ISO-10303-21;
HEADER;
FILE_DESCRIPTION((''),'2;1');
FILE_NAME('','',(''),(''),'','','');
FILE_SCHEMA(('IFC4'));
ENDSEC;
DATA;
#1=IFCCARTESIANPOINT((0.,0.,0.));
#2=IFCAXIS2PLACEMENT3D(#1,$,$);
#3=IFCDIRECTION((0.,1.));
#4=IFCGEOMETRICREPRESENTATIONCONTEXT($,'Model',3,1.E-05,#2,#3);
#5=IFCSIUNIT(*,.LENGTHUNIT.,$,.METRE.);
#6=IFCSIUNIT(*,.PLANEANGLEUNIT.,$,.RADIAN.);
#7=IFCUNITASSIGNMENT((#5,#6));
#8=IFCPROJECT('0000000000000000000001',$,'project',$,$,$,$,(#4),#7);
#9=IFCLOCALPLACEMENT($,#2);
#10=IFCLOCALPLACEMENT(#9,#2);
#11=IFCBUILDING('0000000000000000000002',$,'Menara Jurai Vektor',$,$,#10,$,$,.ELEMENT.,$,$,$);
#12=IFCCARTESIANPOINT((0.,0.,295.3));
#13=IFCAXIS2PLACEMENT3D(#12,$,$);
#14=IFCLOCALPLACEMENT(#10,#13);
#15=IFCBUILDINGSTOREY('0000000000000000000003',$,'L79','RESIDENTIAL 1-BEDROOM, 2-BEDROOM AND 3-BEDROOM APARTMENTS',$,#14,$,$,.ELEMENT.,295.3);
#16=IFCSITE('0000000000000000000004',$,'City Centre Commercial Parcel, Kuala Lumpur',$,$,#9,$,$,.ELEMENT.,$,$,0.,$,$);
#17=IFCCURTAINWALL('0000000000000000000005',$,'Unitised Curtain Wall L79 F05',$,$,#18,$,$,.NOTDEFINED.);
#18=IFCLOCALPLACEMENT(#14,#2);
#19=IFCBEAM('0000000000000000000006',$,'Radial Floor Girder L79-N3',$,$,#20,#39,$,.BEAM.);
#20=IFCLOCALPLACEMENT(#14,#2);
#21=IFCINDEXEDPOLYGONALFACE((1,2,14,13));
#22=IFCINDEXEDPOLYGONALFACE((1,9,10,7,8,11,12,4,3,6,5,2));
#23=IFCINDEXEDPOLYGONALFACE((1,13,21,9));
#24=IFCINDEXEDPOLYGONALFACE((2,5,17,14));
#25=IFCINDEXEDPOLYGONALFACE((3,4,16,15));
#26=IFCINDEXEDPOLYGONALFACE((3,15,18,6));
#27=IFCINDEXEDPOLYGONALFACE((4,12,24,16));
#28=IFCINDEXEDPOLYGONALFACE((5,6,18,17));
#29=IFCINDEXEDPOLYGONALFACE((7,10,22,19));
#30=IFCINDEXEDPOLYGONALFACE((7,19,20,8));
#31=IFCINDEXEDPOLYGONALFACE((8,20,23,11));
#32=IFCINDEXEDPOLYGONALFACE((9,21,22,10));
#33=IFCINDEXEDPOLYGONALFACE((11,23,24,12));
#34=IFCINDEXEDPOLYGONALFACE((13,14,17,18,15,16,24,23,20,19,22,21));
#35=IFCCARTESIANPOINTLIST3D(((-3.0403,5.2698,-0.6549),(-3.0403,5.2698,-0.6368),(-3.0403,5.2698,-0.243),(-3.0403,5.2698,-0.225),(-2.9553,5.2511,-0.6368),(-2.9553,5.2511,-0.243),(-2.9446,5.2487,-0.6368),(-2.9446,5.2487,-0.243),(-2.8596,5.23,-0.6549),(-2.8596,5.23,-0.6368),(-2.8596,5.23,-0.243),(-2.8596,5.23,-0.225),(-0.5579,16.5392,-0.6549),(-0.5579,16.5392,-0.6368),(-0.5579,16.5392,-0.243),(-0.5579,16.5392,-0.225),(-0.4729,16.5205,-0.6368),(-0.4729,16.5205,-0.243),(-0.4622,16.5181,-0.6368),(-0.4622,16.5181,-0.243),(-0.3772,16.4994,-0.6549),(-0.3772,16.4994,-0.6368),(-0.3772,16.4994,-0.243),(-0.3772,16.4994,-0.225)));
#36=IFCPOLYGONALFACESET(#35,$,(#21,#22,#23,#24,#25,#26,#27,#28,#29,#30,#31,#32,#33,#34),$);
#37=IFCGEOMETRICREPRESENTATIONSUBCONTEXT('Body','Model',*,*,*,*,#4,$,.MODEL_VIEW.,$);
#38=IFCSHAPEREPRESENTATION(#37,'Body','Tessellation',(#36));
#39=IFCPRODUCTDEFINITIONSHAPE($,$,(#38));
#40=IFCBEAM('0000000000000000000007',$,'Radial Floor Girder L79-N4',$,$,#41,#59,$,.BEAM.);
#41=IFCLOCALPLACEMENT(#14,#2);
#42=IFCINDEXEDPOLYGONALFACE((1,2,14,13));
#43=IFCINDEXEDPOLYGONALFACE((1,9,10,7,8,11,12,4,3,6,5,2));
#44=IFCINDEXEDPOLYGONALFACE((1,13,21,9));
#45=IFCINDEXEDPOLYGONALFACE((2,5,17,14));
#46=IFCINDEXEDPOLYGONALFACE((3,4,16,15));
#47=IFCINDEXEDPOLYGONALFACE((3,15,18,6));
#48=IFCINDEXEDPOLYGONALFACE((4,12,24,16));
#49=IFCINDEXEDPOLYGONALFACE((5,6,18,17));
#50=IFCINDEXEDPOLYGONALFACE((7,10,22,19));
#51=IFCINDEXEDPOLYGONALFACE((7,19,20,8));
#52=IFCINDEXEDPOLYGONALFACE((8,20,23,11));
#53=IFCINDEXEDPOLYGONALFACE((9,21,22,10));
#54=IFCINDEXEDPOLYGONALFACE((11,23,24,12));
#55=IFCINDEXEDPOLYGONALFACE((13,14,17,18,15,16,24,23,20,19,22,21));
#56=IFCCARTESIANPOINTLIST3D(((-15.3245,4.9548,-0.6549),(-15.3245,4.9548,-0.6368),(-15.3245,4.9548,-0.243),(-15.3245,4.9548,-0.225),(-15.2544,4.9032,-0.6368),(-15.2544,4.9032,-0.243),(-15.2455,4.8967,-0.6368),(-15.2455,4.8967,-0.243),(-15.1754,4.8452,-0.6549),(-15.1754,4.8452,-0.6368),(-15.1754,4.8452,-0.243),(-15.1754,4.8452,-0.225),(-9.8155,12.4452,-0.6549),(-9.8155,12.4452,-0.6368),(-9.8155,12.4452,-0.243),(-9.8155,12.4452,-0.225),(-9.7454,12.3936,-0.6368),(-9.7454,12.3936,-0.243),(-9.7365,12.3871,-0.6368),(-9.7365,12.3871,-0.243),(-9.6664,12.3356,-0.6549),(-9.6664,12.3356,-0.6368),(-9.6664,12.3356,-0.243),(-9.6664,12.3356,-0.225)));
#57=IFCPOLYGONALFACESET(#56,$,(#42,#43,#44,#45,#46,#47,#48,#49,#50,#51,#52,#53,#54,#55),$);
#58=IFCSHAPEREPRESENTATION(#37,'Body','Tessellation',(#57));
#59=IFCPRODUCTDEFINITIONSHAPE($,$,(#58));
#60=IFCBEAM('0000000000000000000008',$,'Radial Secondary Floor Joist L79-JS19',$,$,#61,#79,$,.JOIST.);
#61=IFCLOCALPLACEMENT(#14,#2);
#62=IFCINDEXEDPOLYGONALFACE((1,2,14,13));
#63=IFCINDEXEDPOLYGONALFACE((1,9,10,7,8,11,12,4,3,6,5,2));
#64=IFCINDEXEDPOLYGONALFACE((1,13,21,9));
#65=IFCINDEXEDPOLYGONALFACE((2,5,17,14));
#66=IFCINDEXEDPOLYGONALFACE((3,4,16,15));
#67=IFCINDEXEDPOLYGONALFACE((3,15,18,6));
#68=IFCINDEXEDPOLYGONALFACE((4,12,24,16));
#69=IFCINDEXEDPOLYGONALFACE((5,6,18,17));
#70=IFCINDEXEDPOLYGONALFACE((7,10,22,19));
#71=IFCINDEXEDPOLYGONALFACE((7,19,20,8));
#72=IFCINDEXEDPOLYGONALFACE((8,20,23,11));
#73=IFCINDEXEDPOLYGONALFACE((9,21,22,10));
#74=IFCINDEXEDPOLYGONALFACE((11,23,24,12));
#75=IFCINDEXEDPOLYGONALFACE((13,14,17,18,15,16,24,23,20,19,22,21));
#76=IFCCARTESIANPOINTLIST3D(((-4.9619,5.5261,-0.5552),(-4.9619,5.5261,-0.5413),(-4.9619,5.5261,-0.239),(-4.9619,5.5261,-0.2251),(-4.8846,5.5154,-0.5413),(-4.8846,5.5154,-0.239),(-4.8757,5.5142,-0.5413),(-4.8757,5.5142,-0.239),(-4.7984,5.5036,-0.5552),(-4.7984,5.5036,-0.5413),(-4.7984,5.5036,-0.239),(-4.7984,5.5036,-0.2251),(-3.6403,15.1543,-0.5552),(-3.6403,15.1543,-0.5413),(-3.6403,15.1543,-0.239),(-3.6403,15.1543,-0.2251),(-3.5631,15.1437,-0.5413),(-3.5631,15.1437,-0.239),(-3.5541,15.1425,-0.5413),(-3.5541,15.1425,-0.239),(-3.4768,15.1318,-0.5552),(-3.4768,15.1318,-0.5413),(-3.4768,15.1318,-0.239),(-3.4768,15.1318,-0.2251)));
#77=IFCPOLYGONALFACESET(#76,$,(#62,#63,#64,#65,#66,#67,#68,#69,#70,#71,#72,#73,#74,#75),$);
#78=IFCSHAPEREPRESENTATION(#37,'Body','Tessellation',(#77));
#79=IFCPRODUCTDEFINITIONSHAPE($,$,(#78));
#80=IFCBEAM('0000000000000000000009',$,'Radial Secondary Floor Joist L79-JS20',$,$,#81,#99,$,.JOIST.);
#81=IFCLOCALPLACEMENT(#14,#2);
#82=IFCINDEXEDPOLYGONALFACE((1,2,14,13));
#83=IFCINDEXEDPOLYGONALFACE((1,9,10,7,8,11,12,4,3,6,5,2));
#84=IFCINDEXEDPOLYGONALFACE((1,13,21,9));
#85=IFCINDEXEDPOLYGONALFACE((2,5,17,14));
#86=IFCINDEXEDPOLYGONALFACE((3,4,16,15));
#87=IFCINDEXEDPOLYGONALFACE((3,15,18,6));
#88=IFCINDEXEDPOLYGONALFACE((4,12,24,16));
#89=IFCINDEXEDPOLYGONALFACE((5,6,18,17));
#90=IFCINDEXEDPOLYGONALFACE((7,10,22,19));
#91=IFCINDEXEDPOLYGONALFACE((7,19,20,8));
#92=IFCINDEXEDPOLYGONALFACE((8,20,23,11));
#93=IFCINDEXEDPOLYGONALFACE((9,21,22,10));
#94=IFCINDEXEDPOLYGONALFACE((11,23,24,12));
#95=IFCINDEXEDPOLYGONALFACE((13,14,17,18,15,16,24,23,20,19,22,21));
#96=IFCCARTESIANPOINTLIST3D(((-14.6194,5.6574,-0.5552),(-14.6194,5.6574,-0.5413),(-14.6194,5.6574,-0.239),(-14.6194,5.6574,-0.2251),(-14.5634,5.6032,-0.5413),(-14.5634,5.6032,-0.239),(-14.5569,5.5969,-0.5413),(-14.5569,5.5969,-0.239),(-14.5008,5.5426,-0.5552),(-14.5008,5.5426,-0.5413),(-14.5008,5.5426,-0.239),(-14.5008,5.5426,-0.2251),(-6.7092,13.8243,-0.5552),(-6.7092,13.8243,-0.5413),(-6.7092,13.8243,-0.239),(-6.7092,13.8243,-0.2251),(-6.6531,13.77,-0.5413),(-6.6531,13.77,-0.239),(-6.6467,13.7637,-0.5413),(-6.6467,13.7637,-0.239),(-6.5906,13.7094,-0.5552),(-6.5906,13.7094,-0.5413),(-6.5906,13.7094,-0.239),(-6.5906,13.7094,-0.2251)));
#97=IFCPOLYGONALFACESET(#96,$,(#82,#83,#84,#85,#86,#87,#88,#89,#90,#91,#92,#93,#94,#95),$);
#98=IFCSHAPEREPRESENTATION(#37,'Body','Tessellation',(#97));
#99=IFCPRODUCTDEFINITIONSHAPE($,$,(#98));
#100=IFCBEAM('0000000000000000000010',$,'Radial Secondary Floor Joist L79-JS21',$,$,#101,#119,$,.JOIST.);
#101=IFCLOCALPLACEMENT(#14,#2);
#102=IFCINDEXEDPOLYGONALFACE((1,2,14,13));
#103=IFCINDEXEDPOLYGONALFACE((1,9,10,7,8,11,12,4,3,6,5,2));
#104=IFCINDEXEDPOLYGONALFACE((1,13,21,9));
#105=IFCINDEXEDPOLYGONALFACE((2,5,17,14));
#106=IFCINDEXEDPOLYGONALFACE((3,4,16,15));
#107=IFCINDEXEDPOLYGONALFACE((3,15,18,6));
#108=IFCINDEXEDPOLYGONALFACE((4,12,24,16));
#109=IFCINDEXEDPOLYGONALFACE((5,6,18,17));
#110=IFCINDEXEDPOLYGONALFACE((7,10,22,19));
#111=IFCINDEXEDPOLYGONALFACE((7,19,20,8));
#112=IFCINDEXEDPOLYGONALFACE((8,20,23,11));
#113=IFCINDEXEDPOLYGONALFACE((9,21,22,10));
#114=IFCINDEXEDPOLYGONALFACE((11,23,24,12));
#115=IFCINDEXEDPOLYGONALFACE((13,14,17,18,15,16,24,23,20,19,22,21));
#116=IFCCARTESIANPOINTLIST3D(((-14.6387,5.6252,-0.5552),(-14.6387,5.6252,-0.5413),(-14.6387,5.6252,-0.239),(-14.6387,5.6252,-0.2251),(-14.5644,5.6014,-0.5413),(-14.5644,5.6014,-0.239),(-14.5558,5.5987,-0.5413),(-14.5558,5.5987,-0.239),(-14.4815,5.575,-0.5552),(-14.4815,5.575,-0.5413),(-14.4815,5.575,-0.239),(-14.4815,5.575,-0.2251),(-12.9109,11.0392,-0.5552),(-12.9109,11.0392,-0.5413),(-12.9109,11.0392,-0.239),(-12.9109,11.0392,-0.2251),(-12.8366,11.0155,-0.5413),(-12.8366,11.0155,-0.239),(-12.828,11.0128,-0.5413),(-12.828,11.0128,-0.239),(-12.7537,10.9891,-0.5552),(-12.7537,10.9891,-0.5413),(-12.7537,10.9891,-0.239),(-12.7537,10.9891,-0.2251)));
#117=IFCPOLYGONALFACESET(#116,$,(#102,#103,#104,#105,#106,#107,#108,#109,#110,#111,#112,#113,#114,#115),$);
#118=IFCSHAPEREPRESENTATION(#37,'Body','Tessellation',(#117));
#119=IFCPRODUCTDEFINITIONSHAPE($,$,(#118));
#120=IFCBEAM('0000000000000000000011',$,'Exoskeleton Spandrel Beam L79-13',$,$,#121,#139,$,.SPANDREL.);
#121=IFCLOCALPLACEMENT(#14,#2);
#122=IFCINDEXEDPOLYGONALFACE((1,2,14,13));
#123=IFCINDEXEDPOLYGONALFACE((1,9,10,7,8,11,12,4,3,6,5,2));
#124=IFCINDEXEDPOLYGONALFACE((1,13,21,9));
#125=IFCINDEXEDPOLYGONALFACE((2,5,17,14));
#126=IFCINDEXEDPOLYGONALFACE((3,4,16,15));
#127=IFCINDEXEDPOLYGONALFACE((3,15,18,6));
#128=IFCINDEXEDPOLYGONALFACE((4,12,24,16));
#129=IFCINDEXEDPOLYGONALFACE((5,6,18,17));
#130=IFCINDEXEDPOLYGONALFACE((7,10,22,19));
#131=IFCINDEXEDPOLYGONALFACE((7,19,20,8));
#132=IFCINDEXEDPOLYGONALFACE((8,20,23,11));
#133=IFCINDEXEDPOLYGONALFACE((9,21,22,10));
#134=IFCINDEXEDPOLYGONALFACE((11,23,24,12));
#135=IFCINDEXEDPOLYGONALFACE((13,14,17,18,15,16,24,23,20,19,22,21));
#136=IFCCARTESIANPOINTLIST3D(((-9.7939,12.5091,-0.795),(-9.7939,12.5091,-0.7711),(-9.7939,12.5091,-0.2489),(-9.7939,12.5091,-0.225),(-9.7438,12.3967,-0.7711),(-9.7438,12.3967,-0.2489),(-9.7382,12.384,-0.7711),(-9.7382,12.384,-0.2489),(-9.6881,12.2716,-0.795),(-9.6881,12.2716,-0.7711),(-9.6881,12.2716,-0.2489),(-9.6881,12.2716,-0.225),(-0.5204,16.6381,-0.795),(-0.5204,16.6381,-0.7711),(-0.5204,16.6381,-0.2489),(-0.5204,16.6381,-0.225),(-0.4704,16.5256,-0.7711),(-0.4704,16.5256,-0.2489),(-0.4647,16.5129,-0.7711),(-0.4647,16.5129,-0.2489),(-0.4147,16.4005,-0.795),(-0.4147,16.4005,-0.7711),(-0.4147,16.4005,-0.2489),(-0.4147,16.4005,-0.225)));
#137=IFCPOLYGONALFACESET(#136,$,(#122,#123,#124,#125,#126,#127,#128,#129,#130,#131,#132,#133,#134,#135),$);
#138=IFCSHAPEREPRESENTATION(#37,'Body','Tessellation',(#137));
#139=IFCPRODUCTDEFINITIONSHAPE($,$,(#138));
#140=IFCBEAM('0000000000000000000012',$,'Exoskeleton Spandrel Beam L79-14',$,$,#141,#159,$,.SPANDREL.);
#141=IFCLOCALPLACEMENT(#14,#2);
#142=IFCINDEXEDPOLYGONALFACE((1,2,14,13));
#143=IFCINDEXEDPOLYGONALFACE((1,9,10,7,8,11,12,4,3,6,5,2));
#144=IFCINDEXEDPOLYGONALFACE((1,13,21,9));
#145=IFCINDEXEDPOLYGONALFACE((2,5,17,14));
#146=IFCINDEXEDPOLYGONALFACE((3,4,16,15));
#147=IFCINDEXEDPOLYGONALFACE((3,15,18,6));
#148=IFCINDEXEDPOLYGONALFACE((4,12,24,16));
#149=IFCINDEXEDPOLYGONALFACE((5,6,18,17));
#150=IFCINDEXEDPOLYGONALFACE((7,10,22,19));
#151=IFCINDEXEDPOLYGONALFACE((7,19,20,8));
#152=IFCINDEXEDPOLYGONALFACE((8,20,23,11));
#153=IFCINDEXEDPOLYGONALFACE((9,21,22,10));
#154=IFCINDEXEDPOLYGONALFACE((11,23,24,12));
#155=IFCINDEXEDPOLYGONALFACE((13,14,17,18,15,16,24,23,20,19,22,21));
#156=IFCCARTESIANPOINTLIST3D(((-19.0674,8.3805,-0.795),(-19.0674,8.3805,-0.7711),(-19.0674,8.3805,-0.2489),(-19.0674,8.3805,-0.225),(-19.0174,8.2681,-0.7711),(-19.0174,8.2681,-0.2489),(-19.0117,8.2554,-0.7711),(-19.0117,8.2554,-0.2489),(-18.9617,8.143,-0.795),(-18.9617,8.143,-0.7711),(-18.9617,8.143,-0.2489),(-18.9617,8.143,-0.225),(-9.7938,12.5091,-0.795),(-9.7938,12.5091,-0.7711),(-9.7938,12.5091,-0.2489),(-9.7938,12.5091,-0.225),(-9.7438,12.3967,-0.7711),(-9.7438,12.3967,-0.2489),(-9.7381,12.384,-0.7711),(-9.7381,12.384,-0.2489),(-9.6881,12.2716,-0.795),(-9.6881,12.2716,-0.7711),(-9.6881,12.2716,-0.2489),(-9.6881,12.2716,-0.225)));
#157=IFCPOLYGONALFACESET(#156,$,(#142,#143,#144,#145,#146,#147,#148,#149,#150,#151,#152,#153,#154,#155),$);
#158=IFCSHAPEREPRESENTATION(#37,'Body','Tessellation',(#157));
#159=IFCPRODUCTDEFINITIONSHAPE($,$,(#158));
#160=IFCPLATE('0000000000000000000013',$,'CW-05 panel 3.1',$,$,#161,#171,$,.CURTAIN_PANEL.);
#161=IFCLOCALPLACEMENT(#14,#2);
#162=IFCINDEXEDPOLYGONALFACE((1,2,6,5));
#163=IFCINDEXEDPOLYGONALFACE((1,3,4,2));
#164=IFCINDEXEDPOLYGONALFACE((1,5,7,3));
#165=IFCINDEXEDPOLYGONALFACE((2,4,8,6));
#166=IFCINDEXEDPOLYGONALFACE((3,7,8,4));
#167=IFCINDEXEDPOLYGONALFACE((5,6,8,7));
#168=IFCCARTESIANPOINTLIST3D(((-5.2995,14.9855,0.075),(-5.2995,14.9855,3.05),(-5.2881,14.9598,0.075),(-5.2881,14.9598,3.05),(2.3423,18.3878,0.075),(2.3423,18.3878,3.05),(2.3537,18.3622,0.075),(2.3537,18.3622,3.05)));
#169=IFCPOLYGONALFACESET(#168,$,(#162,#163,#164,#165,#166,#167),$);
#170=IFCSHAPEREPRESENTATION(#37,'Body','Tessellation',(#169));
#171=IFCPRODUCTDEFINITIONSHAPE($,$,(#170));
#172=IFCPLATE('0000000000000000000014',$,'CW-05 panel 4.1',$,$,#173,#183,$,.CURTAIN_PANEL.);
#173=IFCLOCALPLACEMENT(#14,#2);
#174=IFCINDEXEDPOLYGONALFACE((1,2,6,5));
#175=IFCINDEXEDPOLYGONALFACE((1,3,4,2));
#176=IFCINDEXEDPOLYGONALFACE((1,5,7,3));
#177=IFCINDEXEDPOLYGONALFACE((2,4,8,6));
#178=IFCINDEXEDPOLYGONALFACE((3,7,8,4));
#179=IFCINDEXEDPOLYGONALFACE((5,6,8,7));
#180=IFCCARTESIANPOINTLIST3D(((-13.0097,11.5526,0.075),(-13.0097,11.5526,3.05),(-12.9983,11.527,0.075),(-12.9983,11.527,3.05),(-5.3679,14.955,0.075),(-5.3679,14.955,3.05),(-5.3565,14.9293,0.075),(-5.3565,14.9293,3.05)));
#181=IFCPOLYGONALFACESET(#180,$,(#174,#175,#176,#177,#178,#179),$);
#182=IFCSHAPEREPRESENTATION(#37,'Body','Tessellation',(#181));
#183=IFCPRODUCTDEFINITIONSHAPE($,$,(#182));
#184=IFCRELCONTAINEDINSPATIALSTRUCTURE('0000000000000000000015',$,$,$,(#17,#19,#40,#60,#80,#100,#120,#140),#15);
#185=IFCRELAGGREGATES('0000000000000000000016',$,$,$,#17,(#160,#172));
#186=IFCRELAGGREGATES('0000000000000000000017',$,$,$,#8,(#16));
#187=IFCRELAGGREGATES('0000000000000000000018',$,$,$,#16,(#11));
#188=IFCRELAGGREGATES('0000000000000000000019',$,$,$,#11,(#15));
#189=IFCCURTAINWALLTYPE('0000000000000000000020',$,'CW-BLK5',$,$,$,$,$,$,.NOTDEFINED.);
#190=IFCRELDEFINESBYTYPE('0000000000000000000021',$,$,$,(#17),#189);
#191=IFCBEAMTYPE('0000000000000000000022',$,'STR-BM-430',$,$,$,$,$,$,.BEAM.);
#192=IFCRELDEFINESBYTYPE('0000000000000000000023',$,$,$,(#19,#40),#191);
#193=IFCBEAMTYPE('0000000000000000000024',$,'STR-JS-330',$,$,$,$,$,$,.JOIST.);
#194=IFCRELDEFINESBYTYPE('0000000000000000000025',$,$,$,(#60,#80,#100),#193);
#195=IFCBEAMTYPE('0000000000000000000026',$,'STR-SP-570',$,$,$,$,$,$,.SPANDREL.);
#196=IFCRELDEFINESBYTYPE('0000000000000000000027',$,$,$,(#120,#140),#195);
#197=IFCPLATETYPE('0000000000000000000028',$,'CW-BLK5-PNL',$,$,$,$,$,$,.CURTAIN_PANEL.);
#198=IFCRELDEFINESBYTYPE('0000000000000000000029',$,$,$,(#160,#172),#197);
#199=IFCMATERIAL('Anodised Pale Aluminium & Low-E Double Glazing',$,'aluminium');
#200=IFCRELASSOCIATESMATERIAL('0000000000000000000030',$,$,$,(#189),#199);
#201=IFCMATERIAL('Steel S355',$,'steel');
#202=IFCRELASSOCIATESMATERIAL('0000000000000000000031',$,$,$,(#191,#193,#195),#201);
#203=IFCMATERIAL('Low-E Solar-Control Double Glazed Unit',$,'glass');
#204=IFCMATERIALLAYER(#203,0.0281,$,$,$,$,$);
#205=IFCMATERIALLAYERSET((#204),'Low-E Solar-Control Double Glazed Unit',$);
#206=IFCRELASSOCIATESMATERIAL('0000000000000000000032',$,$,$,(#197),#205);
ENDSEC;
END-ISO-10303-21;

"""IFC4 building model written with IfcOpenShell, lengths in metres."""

from ifc_helpers import new_model, si_unit, direction, frame, origin, origin_2d, place, context, subcontext, project, spatial, rectangle, i_section, extrude, material, layer, layer_set, material_profile, profile_set, type_object, element, aggregate, save


model = new_model("IFC4")

# Units and contexts
model_context = context("Model", 3, precision=1e-05, world=origin(), true_north=direction((0.0, 1.0)))
body_context = subcontext(model_context, "Body", "Model", "MODEL_VIEW")
ifc_project = project(units=[si_unit("LENGTHUNIT", "METRE"), si_unit("PLANEANGLEUNIT", "RADIAN")], contexts=[model_context])

# Site, building, storey
site_placement = place(None, origin())
site = spatial("IfcSite", under=ifc_project, at=site_placement, Name="City Centre Commercial Parcel, Kuala Lumpur", CompositionType="ELEMENT", RefElevation=0.0)
building_placement = place(site_placement, origin())
building = spatial("IfcBuilding", under=site, at=building_placement, Name="Menara Jurai Vektor", CompositionType="ELEMENT")
storey_placement = place(building_placement, frame((0.0, 0.0, 295.3)))
storey = spatial("IfcBuildingStorey", under=building, at=storey_placement, Name="L79", Description="RESIDENTIAL 1-BEDROOM, 2-BEDROOM AND 3-BEDROOM APARTMENTS", CompositionType="ELEMENT", Elevation=295.3)

# Curtain wall
ifc_material_1 = material(Name="Anodised Pale Aluminium & Low-E Double Glazing", Category="aluminium")
curtain_wall_type = type_object("IfcCurtainWallType", Name="CW-BLK5", PredefinedType="NOTDEFINED", material=ifc_material_1)
curtain_wall_placement = place(storey_placement, origin())
curtain_wall = element("IfcCurtainWall", 1, at=curtain_wall_placement, inside=storey, type_object=curtain_wall_type, Name="Unitised Curtain Wall L79 F05", PredefinedType="NOTDEFINED")

# Beams
ifc_material_2 = material(Name="Steel S355", Category="steel")
ifc_material_profile_1 = material_profile(ifc_material_2, i_section(OverallWidth=0.1851, OverallDepth=0.4299, WebThickness=0.011, FlangeThickness=0.0181, at=origin_2d()), Name="PG 430x185x76")
ifc_profile_set_1 = profile_set([ifc_material_profile_1], Name="Steel S355")
beam_type_1 = type_object("IfcBeamType", Name="STR-BM-430", PredefinedType="BEAM", material=ifc_profile_set_1)
beam_1_placement = place(storey_placement, frame((-0.4675, 16.5193, -0.4399), z_axis=(-0.215125, -0.976587, 0.0), x_axis=(0.976587, -0.215125, 0.0)))
element("IfcBeam", 2, at=beam_1_placement, inside=storey, type_object=beam_type_1, Name="Radial Floor Girder L79-N3", PredefinedType="BEAM", context=body_context, shape_type="SweptSolid", body=[
    extrude(i_section(OverallWidth=0.1851, OverallDepth=0.4299, WebThickness=0.011, FlangeThickness=0.0181, at=origin_2d()), origin(), (0.0, 0.0, 1.0), 11.5396),
])
beam_2_placement = place(storey_placement, frame((-9.741, 12.3904, -0.4399), z_axis=(-0.592483, -0.805583, 0.0), x_axis=(0.805583, -0.592483, 0.0)))
element("IfcBeam", 3, at=beam_2_placement, inside=storey, type_object=beam_type_1, Name="Radial Floor Girder L79-N4", PredefinedType="BEAM", context=body_context, shape_type="SweptSolid", body=[
    extrude(i_section(OverallWidth=0.1851, OverallDepth=0.4299, WebThickness=0.011, FlangeThickness=0.0181, at=origin_2d()), origin(), (0.0, 0.0, 1.0), 9.2981),
])
ifc_material_profile_2 = material_profile(ifc_material_2, i_section(OverallWidth=0.165, OverallDepth=0.3301, WebThickness=0.009, FlangeThickness=0.0139, at=origin_2d()), Name="PG 330x165x46")
ifc_profile_set_2 = profile_set([ifc_material_profile_2], Name="Steel S355")
beam_type_2 = type_object("IfcBeamType", Name="STR-JS-330", PredefinedType="JOIST", material=ifc_profile_set_2)
beam_3_placement = place(storey_placement, frame((-3.5586, 15.1431, -0.3901), z_axis=(-0.135982, -0.990711, 0.0), x_axis=(0.990711, -0.135982, 0.0)))
element("IfcBeam", 4, at=beam_3_placement, inside=storey, type_object=beam_type_2, Name="Radial Secondary Floor Joist L79-JS19", PredefinedType="JOIST", context=body_context, shape_type="SweptSolid", body=[
    extrude(i_section(OverallWidth=0.165, OverallDepth=0.3301, WebThickness=0.009, FlangeThickness=0.0139, at=origin_2d()), origin(), (0.0, 0.0, 1.0), 9.7185),
])
beam_4_placement = place(storey_placement, frame((-6.6499, 13.7668, -0.3901), z_axis=(-0.695733, -0.718301, 0.0), x_axis=(0.718301, -0.695733, 0.0)))
element("IfcBeam", 5, at=beam_4_placement, inside=storey, type_object=beam_type_2, Name="Radial Secondary Floor Joist L79-JS20", PredefinedType="JOIST", context=body_context, shape_type="SweptSolid", body=[
    extrude(i_section(OverallWidth=0.165, OverallDepth=0.3301, WebThickness=0.009, FlangeThickness=0.0139, at=origin_2d()), origin(), (0.0, 0.0, 1.0), 11.3696),
])
beam_5_placement = place(storey_placement, frame((-12.8323, 11.0142, -0.3901), z_axis=(-0.304023, -0.952665, 0.0), x_axis=(0.952665, -0.304023, 0.0)))
element("IfcBeam", 6, at=beam_5_placement, inside=storey, type_object=beam_type_2, Name="Radial Secondary Floor Joist L79-JS21", PredefinedType="JOIST", context=body_context, shape_type="SweptSolid", body=[
    extrude(i_section(OverallWidth=0.165, OverallDepth=0.3301, WebThickness=0.009, FlangeThickness=0.0139, at=origin_2d()), origin(), (0.0, 0.0, 1.0), 5.6831),
])
ifc_material_profile_3 = material_profile(ifc_material_2, i_section(OverallWidth=0.26, OverallDepth=0.5701, WebThickness=0.0139, FlangeThickness=0.0239, at=origin_2d()), Name="PG 570x260x145")
ifc_profile_set_3 = profile_set([ifc_material_profile_3], Name="Steel S355")
beam_type_3 = type_object("IfcBeamType", Name="STR-SP-570", PredefinedType="SPANDREL", material=ifc_profile_set_3)
for number, where, z_axis, x_axis, name in (
    (7, (-0.4675, 16.5193, -0.51), (-0.913542, -0.406745, 0.0), (0.406745, -0.913542, 0.0), "Exoskeleton Spandrel Beam L79-13"),
    (8, (-9.741, 12.3904, -0.51), (-0.913554, -0.406716, 0.0), (0.406716, -0.913554, 0.0), "Exoskeleton Spandrel Beam L79-14"),
):
    element("IfcBeam", number, at=place(storey_placement, frame(where, z_axis=z_axis, x_axis=x_axis)), inside=storey, type_object=beam_type_3, Name=name, PredefinedType="SPANDREL", context=body_context, shape_type="SweptSolid", body=[
        extrude(i_section(OverallWidth=0.26, OverallDepth=0.5701, WebThickness=0.0139, FlangeThickness=0.0239, at=origin_2d()), origin(), (0.0, 0.0, 1.0), 10.1511),
    ])

# Plates
ifc_material_3 = material(Name="Low-E Solar-Control Double Glazed Unit", Category="glass")
ifc_layer_1 = layer(ifc_material_3, 0.0281)
ifc_layer_set_1 = layer_set([ifc_layer_1], Name="Low-E Solar-Control Double Glazed Unit")
plate_type_1 = type_object("IfcPlateType", Name="CW-BLK5-PNL", PredefinedType="CURTAIN_PANEL", material=ifc_layer_set_1)
plate_1_placement = place(storey_placement, frame((-1.4729, 16.6738, 0.075), z_axis=(0.0, 0.0, 1.0), x_axis=(-0.913546, -0.406735, 0.0)))
plate_1 = element("IfcPlate", 9, at=plate_1_placement, type_object=plate_type_1, Name="CW-05 panel 3.1", PredefinedType="CURTAIN_PANEL", context=body_context, shape_type="SweptSolid", body=[
    extrude(rectangle(XDim=8.365, YDim=0.0281, at=origin_2d()), origin(), (0.0, 0.0, 1.0), 2.9751),
])
plate_2_placement = place(storey_placement, frame((-9.1831, 13.241, 0.075), z_axis=(0.0, 0.0, 1.0), x_axis=(-0.913546, -0.406735, 0.0)))
plate_2 = element("IfcPlate", 10, at=plate_2_placement, type_object=plate_type_1, Name="CW-05 panel 4.1", PredefinedType="CURTAIN_PANEL", context=body_context, shape_type="SweptSolid", body=[
    extrude(rectangle(XDim=8.365, YDim=0.0281, at=origin_2d()), origin(), (0.0, 0.0, 1.0), 2.9751),
])
aggregate(curtain_wall, [plate_1, plate_2])

save(model, "model.ifc")
